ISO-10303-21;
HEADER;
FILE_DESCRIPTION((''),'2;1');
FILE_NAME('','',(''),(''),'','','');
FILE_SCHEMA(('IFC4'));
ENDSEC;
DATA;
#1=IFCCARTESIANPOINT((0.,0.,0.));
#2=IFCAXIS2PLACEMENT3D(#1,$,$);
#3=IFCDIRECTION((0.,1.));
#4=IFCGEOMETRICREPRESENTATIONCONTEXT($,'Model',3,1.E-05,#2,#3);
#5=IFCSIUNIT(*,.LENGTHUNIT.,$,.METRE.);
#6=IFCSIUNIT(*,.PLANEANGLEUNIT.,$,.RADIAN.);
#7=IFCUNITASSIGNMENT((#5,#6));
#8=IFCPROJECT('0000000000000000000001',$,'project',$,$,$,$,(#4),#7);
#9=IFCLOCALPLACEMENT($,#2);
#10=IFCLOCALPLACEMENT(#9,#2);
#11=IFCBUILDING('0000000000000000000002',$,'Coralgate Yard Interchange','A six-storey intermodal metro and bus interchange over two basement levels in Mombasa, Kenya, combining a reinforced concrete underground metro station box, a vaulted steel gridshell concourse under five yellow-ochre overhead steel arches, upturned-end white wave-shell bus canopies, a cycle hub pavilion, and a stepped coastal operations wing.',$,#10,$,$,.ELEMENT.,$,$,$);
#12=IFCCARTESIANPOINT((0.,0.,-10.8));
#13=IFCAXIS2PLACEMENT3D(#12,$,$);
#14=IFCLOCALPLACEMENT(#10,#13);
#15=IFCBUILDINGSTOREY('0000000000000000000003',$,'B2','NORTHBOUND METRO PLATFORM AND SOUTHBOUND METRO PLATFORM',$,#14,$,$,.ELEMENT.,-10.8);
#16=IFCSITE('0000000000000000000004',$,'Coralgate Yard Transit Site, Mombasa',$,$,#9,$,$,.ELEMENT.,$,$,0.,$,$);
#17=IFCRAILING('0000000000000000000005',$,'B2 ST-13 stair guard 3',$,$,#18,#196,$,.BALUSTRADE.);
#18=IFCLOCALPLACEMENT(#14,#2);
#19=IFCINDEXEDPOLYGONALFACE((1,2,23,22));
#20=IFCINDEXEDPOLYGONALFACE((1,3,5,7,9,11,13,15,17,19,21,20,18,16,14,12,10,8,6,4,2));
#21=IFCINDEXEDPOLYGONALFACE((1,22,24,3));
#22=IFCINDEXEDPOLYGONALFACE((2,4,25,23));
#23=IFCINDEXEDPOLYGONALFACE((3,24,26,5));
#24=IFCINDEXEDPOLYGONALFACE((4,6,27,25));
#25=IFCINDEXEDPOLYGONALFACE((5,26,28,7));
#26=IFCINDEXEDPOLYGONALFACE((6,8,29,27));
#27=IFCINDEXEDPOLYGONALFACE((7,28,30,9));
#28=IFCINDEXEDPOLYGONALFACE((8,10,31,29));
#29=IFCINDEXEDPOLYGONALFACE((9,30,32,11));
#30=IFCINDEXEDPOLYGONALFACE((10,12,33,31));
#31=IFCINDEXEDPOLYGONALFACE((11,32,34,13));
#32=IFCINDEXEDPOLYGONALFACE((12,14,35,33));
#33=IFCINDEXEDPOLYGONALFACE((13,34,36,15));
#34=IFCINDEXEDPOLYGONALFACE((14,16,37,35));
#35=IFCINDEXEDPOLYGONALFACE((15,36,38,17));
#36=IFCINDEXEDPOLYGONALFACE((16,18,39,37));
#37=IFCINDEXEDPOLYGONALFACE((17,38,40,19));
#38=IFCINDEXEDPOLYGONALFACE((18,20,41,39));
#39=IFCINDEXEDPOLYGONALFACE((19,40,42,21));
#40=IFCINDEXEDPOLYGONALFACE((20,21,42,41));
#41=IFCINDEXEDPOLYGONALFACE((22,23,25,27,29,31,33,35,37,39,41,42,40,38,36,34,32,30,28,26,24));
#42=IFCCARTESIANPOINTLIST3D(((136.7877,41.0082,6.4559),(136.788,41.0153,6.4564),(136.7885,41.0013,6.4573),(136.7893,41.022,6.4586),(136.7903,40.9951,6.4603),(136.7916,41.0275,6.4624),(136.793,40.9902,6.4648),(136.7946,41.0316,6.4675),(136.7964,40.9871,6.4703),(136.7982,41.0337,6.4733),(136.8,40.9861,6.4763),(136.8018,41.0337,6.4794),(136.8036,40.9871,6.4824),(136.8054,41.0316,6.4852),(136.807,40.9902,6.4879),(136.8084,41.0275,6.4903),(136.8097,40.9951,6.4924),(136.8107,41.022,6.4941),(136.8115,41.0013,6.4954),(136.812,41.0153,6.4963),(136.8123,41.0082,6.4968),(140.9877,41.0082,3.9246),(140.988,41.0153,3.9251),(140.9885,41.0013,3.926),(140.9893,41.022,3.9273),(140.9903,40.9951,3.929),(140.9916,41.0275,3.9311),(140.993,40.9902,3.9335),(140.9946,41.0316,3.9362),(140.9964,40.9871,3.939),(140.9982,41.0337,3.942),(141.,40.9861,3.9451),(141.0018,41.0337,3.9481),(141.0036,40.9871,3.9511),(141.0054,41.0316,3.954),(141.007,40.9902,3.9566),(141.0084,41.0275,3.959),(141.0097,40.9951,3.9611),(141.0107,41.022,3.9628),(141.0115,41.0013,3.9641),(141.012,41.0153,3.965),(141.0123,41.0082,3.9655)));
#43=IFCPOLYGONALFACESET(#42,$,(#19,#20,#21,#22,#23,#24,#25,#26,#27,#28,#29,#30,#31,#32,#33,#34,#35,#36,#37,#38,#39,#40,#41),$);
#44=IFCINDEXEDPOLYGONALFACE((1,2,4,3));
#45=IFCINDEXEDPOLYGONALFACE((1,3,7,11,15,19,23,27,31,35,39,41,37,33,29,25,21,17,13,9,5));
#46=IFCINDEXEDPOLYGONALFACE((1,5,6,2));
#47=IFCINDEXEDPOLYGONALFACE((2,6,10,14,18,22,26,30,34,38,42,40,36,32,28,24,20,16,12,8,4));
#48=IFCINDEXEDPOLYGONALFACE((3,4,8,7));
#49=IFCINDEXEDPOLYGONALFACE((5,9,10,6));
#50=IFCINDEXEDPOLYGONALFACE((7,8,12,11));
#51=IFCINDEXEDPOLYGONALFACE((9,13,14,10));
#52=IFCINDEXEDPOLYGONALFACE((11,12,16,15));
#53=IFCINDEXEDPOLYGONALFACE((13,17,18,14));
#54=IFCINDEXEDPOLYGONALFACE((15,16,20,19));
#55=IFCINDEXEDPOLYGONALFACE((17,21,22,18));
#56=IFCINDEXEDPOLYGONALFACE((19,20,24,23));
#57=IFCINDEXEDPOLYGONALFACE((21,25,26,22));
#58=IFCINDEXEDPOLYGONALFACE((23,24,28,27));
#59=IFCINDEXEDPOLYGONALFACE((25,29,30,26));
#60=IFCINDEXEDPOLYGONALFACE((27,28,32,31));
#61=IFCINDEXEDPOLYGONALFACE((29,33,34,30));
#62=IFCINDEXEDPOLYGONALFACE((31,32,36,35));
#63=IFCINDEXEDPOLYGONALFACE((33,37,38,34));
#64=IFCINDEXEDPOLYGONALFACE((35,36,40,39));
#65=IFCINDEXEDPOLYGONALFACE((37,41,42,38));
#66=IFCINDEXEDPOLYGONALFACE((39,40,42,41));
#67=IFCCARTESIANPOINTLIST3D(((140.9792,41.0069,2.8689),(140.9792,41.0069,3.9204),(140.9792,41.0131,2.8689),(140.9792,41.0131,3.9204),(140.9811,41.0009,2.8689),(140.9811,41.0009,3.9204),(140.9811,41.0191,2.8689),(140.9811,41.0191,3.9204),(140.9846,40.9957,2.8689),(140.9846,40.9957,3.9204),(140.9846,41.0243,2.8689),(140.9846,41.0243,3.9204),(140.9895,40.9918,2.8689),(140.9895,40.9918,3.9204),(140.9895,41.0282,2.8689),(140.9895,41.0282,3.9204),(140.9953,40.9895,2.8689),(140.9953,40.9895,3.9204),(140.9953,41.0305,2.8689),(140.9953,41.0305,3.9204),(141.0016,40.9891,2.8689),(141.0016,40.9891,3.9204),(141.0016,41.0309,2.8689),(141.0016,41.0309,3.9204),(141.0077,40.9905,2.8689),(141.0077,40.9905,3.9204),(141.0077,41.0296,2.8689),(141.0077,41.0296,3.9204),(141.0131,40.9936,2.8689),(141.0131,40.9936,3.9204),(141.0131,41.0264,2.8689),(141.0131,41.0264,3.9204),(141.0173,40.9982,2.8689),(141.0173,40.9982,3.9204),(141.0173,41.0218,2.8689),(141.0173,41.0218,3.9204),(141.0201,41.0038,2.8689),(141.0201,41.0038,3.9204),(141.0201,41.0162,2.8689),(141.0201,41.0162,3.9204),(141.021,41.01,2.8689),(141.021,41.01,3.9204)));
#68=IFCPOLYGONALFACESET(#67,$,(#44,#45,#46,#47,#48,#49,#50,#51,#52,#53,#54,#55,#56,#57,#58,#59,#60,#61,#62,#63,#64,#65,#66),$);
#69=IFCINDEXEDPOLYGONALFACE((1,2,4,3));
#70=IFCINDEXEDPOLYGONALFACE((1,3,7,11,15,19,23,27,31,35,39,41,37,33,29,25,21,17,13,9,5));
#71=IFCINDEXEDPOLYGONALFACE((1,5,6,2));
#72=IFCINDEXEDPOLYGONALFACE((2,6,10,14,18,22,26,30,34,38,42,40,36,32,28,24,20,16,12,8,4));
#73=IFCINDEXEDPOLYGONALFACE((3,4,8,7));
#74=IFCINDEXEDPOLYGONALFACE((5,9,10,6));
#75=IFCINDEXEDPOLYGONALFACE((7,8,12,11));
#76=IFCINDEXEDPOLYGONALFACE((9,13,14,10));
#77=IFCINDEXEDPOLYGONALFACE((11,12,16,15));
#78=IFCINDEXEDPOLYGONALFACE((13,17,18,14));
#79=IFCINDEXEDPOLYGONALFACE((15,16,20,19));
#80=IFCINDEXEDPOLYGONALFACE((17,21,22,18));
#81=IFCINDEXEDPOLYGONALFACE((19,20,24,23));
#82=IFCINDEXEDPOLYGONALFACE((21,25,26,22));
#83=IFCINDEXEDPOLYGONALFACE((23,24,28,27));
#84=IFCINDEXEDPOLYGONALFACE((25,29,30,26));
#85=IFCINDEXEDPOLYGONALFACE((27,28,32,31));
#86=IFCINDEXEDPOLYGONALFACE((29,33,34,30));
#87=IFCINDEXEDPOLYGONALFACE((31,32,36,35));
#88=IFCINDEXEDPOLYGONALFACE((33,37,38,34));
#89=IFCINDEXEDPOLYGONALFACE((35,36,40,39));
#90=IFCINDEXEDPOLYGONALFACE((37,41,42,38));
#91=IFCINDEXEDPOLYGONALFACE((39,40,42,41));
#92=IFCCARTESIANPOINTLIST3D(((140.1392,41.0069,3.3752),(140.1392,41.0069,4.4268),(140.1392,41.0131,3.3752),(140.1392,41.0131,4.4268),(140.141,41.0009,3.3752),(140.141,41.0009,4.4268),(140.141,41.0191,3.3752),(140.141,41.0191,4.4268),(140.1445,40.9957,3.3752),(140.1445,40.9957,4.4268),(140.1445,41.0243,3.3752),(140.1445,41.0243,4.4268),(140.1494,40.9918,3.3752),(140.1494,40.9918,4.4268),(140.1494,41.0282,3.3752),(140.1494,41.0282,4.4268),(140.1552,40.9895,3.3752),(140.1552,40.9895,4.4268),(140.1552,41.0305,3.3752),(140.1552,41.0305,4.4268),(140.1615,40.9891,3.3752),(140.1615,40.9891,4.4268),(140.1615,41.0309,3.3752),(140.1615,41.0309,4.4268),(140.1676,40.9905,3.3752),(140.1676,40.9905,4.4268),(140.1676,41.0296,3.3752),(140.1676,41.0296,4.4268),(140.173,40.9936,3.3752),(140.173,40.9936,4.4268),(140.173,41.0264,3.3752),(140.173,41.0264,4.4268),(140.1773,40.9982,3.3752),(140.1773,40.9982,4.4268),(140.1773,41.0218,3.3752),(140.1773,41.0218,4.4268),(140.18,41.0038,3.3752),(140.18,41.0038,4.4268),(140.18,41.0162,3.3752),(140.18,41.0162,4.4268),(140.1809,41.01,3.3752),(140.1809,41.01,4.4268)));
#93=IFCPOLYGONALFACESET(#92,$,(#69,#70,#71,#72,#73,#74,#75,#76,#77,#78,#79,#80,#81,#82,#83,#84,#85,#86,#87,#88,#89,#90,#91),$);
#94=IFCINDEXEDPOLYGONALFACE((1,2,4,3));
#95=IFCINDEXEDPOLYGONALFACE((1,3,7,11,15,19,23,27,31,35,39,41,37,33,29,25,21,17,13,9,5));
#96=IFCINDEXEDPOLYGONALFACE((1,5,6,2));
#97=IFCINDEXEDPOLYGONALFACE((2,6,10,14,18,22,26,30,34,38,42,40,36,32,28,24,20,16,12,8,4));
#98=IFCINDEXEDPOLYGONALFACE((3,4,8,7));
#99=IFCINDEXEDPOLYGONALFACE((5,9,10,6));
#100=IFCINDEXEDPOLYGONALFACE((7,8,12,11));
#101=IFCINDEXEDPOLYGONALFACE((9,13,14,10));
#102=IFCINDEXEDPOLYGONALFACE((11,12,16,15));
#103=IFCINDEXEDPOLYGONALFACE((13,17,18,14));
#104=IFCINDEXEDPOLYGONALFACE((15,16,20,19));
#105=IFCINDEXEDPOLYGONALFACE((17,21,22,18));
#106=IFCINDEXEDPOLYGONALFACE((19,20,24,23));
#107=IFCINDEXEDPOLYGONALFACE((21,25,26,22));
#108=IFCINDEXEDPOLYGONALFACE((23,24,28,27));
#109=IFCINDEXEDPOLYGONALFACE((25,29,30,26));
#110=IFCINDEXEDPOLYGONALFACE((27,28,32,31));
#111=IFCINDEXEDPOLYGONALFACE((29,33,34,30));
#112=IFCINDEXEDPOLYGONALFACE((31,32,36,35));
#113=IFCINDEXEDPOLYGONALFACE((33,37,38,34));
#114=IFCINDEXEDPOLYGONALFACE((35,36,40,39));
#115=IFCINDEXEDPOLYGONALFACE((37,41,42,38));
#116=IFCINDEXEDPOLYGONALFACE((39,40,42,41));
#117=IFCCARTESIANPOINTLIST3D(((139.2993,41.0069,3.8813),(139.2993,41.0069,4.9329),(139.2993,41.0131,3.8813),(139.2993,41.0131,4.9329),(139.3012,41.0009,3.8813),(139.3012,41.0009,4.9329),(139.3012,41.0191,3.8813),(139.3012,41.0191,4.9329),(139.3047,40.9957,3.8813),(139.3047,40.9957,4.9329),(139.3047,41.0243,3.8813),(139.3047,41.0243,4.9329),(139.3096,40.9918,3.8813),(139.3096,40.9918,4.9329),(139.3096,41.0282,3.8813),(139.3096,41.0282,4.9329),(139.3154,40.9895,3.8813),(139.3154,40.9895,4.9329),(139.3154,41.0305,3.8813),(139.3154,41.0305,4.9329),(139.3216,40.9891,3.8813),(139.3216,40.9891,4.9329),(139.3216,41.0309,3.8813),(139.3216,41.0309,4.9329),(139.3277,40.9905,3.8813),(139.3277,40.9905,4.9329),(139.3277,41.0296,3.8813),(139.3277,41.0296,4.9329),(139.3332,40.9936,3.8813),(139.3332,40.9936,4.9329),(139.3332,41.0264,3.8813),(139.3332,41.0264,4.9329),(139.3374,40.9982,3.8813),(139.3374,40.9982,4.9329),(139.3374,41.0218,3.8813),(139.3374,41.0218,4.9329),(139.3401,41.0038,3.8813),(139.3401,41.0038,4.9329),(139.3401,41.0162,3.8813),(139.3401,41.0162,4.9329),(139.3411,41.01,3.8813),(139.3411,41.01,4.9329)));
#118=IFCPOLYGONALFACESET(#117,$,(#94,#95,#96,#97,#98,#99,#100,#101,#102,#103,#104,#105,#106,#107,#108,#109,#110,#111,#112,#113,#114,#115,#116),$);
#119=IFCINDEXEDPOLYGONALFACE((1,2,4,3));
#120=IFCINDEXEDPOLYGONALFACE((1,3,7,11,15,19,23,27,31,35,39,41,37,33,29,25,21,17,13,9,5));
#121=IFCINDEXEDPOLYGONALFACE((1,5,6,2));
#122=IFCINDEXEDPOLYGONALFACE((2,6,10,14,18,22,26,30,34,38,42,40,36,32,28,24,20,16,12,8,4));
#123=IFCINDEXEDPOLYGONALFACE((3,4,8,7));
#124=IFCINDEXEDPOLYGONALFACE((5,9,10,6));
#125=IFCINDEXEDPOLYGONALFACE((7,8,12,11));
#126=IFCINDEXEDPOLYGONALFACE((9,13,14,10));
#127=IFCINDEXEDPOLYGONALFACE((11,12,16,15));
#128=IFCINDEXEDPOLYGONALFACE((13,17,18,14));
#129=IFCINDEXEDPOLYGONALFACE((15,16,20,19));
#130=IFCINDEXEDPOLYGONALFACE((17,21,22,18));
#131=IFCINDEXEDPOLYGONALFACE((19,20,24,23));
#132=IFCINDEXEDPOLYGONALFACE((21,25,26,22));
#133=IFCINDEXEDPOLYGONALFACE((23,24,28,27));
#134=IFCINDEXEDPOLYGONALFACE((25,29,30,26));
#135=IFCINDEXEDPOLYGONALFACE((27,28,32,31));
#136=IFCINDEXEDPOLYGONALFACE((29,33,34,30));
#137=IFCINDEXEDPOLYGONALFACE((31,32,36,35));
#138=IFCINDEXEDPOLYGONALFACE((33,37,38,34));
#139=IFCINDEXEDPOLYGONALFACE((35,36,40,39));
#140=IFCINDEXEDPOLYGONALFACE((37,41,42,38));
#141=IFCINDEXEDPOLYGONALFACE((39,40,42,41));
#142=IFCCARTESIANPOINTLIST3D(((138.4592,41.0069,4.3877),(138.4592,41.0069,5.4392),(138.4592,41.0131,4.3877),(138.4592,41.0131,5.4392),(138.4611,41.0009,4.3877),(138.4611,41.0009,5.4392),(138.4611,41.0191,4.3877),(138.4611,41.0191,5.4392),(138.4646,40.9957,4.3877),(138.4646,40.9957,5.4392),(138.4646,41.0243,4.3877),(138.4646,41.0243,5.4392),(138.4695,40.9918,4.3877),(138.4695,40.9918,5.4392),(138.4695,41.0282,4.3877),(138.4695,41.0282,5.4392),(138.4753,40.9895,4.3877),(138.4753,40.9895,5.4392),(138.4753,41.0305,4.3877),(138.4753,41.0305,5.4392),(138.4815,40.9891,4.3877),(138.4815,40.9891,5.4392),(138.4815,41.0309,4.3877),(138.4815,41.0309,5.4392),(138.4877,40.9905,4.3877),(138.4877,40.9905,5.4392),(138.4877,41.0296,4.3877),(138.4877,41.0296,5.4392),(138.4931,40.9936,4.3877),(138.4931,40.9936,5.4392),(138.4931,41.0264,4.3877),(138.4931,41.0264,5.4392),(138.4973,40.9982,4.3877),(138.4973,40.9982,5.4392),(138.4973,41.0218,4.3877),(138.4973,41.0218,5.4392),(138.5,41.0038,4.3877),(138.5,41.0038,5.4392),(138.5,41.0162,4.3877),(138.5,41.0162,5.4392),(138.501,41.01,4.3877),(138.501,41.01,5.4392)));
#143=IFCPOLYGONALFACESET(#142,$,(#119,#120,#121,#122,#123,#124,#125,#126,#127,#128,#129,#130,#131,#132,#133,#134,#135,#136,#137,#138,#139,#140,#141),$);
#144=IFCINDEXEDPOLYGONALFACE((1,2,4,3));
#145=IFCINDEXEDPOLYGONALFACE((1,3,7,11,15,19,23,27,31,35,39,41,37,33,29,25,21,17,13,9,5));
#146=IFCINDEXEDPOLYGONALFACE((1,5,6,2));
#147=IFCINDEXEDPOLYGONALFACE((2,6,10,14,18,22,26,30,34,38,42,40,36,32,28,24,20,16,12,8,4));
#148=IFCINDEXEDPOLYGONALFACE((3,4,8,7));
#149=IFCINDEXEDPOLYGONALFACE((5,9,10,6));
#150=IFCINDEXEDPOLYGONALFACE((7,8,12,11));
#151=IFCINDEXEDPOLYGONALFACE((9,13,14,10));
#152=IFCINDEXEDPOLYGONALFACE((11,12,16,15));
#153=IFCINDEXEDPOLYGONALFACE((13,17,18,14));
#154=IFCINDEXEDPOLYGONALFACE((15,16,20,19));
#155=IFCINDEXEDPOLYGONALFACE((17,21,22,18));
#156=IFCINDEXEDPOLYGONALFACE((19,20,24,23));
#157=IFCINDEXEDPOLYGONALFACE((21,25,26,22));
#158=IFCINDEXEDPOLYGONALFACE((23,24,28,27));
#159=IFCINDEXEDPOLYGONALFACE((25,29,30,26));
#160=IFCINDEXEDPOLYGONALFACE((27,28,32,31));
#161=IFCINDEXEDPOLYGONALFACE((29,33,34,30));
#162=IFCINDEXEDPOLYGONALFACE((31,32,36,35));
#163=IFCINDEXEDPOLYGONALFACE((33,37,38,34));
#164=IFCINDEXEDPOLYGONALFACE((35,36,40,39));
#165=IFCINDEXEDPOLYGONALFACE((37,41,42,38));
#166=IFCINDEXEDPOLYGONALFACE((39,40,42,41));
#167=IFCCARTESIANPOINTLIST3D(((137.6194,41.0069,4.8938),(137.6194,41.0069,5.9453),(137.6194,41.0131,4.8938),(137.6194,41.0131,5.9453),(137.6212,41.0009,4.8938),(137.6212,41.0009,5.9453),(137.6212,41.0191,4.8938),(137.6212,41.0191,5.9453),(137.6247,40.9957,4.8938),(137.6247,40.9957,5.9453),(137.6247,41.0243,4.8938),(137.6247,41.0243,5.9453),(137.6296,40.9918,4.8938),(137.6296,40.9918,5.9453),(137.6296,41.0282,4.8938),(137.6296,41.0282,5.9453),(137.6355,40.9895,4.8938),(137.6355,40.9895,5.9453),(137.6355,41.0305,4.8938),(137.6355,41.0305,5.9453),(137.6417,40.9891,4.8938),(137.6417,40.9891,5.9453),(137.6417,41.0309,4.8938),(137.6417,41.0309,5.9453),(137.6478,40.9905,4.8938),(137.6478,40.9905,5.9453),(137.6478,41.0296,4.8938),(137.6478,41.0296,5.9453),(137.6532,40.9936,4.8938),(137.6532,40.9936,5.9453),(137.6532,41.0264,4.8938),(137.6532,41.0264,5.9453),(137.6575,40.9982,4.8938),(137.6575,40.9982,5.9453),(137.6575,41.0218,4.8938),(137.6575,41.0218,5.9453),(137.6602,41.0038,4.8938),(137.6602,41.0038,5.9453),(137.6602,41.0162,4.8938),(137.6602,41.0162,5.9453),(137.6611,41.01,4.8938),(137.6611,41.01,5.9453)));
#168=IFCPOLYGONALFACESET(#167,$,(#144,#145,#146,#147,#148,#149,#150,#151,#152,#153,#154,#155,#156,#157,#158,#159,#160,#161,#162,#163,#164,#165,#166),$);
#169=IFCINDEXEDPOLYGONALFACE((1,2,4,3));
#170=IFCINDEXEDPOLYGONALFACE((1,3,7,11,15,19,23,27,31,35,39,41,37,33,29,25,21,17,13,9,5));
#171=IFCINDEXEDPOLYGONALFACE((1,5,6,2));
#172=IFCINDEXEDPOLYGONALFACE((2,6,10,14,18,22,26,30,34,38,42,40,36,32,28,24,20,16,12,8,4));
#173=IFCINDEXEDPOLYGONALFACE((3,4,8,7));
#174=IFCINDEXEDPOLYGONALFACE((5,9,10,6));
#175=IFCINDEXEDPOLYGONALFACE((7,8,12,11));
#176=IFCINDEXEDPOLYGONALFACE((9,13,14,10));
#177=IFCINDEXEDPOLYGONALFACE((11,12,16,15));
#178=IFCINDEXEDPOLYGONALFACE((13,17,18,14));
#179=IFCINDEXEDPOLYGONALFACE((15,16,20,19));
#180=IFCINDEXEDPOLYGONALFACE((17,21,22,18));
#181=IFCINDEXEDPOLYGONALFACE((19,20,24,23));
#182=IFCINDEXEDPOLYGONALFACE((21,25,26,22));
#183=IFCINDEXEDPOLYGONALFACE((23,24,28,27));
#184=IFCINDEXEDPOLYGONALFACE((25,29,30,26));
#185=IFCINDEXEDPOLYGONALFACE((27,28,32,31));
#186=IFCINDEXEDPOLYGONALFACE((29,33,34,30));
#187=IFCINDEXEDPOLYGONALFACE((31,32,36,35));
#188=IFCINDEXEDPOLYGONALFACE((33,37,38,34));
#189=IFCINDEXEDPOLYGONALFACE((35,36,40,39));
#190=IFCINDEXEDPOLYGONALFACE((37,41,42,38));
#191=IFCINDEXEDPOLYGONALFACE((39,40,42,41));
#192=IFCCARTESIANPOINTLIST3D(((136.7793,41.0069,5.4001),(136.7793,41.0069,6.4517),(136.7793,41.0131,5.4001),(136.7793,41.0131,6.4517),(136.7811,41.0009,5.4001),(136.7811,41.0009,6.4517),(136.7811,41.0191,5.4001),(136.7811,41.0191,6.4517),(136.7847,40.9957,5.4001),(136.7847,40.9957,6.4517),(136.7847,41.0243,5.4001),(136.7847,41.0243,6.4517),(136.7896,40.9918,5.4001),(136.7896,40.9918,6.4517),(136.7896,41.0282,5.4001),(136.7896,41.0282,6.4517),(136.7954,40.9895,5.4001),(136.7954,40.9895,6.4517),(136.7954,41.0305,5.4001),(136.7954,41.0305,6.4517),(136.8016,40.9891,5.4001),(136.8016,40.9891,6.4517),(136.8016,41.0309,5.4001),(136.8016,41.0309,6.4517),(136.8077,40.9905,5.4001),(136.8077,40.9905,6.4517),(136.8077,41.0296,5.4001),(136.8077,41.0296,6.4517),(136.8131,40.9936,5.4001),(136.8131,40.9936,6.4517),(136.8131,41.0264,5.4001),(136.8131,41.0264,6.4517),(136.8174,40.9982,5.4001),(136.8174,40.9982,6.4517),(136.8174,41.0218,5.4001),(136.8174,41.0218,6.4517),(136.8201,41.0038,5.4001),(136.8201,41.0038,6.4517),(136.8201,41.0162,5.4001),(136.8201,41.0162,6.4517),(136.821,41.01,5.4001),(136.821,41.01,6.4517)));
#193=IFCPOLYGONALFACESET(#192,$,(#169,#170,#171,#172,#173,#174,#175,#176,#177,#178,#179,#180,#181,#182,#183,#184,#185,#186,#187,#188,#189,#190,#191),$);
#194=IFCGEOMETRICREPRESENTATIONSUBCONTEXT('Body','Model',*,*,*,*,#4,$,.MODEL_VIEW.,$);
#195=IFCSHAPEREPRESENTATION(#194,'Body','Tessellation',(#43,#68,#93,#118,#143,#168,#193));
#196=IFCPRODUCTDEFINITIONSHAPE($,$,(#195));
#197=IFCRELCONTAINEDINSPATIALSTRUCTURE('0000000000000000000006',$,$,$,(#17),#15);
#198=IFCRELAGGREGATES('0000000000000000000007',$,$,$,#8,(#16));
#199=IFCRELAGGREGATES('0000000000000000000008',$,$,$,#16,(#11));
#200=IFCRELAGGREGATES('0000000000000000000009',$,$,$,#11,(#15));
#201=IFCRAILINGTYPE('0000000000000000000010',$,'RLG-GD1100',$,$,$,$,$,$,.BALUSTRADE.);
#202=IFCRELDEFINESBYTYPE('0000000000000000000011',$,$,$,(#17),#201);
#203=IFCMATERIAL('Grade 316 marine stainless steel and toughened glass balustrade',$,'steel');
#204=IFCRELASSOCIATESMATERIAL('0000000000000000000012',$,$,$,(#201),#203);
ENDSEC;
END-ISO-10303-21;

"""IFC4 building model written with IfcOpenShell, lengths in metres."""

from ifc_helpers import new_model, si_unit, direction, frame, origin, origin_2d, place, context, subcontext, project, spatial, circle, extrude, material, type_object, element, save


model = new_model("IFC4")

# Units and contexts
model_context = context("Model", 3, precision=1e-05, world=origin(), true_north=direction((0.0, 1.0)))
body_context = subcontext(model_context, "Body", "Model", "MODEL_VIEW")
ifc_project = project(units=[si_unit("LENGTHUNIT", "METRE"), si_unit("PLANEANGLEUNIT", "RADIAN")], contexts=[model_context])

# Site, building, storey
site_placement = place(None, origin())
site = spatial("IfcSite", under=ifc_project, at=site_placement, Name="Coralgate Yard Transit Site, Mombasa", CompositionType="ELEMENT", RefElevation=0.0)
building_placement = place(site_placement, origin())
building = spatial("IfcBuilding", under=site, at=building_placement, Name="Coralgate Yard Interchange", Description="A six-storey intermodal metro and bus interchange over two basement levels in Mombasa, Kenya, combining a reinforced concrete underground metro station box, a vaulted steel gridshell concourse under five yellow-ochre overhead steel arches, upturned-end white wave-shell bus canopies, a cycle hub pavilion, and a stepped coastal operations wing.", CompositionType="ELEMENT")
storey_placement = place(building_placement, frame((0.0, 0.0, -10.8)))
storey = spatial("IfcBuildingStorey", under=building, at=storey_placement, Name="B2", Description="NORTHBOUND METRO PLATFORM AND SOUTHBOUND METRO PLATFORM", CompositionType="ELEMENT", Elevation=-10.8)

# Railing
ifc_material_1 = material(Name="Grade 316 marine stainless steel and toughened glass balustrade", Category="steel")
railing_type_1 = type_object("IfcRailingType", Name="RLG-GD1100", PredefinedType="BALUSTRADE", material=ifc_material_1)
railing_1_placement = place(storey_placement, frame((141.0, 41.01, 2.8689)))
element("IfcRailing", 1, at=railing_1_placement, inside=storey, type_object=railing_type_1, Name="B2 ST-13 stair guard 3", PredefinedType="BALUSTRADE", context=body_context, shape_type="SweptSolid", body=[
    extrude(circle(Radius=0.0239, at=origin_2d()), frame((0.0, 0.0, 1.0762), z_axis=(-0.856476, 0.0, 0.516186), x_axis=(0.0, -1.0, 0.0)), (0.0, 0.0, 1.0), 4.9038),
    extrude(circle(Radius=0.021, at=origin_2d()), origin(), (0.0, 0.0, 1.0), 1.0515),
    extrude(circle(Radius=0.021, at=origin_2d()), frame((-0.8401, 0.0, 0.5063)), (0.0, 0.0, 1.0), 1.0515),
    extrude(circle(Radius=0.021, at=origin_2d()), frame((-1.6799, 0.0, 1.0125)), (0.0, 0.0, 1.0), 1.0515),
    extrude(circle(Radius=0.021, at=origin_2d()), frame((-2.52, 0.0, 1.5188)), (0.0, 0.0, 1.0), 1.0515),
    extrude(circle(Radius=0.021, at=origin_2d()), frame((-3.3599, 0.0, 2.0249)), (0.0, 0.0, 1.0), 1.0515),
    extrude(circle(Radius=0.021, at=origin_2d()), frame((-4.2, 0.0, 2.5312)), (0.0, 0.0, 1.0), 1.0515),
])

save(model, "model.ifc")
